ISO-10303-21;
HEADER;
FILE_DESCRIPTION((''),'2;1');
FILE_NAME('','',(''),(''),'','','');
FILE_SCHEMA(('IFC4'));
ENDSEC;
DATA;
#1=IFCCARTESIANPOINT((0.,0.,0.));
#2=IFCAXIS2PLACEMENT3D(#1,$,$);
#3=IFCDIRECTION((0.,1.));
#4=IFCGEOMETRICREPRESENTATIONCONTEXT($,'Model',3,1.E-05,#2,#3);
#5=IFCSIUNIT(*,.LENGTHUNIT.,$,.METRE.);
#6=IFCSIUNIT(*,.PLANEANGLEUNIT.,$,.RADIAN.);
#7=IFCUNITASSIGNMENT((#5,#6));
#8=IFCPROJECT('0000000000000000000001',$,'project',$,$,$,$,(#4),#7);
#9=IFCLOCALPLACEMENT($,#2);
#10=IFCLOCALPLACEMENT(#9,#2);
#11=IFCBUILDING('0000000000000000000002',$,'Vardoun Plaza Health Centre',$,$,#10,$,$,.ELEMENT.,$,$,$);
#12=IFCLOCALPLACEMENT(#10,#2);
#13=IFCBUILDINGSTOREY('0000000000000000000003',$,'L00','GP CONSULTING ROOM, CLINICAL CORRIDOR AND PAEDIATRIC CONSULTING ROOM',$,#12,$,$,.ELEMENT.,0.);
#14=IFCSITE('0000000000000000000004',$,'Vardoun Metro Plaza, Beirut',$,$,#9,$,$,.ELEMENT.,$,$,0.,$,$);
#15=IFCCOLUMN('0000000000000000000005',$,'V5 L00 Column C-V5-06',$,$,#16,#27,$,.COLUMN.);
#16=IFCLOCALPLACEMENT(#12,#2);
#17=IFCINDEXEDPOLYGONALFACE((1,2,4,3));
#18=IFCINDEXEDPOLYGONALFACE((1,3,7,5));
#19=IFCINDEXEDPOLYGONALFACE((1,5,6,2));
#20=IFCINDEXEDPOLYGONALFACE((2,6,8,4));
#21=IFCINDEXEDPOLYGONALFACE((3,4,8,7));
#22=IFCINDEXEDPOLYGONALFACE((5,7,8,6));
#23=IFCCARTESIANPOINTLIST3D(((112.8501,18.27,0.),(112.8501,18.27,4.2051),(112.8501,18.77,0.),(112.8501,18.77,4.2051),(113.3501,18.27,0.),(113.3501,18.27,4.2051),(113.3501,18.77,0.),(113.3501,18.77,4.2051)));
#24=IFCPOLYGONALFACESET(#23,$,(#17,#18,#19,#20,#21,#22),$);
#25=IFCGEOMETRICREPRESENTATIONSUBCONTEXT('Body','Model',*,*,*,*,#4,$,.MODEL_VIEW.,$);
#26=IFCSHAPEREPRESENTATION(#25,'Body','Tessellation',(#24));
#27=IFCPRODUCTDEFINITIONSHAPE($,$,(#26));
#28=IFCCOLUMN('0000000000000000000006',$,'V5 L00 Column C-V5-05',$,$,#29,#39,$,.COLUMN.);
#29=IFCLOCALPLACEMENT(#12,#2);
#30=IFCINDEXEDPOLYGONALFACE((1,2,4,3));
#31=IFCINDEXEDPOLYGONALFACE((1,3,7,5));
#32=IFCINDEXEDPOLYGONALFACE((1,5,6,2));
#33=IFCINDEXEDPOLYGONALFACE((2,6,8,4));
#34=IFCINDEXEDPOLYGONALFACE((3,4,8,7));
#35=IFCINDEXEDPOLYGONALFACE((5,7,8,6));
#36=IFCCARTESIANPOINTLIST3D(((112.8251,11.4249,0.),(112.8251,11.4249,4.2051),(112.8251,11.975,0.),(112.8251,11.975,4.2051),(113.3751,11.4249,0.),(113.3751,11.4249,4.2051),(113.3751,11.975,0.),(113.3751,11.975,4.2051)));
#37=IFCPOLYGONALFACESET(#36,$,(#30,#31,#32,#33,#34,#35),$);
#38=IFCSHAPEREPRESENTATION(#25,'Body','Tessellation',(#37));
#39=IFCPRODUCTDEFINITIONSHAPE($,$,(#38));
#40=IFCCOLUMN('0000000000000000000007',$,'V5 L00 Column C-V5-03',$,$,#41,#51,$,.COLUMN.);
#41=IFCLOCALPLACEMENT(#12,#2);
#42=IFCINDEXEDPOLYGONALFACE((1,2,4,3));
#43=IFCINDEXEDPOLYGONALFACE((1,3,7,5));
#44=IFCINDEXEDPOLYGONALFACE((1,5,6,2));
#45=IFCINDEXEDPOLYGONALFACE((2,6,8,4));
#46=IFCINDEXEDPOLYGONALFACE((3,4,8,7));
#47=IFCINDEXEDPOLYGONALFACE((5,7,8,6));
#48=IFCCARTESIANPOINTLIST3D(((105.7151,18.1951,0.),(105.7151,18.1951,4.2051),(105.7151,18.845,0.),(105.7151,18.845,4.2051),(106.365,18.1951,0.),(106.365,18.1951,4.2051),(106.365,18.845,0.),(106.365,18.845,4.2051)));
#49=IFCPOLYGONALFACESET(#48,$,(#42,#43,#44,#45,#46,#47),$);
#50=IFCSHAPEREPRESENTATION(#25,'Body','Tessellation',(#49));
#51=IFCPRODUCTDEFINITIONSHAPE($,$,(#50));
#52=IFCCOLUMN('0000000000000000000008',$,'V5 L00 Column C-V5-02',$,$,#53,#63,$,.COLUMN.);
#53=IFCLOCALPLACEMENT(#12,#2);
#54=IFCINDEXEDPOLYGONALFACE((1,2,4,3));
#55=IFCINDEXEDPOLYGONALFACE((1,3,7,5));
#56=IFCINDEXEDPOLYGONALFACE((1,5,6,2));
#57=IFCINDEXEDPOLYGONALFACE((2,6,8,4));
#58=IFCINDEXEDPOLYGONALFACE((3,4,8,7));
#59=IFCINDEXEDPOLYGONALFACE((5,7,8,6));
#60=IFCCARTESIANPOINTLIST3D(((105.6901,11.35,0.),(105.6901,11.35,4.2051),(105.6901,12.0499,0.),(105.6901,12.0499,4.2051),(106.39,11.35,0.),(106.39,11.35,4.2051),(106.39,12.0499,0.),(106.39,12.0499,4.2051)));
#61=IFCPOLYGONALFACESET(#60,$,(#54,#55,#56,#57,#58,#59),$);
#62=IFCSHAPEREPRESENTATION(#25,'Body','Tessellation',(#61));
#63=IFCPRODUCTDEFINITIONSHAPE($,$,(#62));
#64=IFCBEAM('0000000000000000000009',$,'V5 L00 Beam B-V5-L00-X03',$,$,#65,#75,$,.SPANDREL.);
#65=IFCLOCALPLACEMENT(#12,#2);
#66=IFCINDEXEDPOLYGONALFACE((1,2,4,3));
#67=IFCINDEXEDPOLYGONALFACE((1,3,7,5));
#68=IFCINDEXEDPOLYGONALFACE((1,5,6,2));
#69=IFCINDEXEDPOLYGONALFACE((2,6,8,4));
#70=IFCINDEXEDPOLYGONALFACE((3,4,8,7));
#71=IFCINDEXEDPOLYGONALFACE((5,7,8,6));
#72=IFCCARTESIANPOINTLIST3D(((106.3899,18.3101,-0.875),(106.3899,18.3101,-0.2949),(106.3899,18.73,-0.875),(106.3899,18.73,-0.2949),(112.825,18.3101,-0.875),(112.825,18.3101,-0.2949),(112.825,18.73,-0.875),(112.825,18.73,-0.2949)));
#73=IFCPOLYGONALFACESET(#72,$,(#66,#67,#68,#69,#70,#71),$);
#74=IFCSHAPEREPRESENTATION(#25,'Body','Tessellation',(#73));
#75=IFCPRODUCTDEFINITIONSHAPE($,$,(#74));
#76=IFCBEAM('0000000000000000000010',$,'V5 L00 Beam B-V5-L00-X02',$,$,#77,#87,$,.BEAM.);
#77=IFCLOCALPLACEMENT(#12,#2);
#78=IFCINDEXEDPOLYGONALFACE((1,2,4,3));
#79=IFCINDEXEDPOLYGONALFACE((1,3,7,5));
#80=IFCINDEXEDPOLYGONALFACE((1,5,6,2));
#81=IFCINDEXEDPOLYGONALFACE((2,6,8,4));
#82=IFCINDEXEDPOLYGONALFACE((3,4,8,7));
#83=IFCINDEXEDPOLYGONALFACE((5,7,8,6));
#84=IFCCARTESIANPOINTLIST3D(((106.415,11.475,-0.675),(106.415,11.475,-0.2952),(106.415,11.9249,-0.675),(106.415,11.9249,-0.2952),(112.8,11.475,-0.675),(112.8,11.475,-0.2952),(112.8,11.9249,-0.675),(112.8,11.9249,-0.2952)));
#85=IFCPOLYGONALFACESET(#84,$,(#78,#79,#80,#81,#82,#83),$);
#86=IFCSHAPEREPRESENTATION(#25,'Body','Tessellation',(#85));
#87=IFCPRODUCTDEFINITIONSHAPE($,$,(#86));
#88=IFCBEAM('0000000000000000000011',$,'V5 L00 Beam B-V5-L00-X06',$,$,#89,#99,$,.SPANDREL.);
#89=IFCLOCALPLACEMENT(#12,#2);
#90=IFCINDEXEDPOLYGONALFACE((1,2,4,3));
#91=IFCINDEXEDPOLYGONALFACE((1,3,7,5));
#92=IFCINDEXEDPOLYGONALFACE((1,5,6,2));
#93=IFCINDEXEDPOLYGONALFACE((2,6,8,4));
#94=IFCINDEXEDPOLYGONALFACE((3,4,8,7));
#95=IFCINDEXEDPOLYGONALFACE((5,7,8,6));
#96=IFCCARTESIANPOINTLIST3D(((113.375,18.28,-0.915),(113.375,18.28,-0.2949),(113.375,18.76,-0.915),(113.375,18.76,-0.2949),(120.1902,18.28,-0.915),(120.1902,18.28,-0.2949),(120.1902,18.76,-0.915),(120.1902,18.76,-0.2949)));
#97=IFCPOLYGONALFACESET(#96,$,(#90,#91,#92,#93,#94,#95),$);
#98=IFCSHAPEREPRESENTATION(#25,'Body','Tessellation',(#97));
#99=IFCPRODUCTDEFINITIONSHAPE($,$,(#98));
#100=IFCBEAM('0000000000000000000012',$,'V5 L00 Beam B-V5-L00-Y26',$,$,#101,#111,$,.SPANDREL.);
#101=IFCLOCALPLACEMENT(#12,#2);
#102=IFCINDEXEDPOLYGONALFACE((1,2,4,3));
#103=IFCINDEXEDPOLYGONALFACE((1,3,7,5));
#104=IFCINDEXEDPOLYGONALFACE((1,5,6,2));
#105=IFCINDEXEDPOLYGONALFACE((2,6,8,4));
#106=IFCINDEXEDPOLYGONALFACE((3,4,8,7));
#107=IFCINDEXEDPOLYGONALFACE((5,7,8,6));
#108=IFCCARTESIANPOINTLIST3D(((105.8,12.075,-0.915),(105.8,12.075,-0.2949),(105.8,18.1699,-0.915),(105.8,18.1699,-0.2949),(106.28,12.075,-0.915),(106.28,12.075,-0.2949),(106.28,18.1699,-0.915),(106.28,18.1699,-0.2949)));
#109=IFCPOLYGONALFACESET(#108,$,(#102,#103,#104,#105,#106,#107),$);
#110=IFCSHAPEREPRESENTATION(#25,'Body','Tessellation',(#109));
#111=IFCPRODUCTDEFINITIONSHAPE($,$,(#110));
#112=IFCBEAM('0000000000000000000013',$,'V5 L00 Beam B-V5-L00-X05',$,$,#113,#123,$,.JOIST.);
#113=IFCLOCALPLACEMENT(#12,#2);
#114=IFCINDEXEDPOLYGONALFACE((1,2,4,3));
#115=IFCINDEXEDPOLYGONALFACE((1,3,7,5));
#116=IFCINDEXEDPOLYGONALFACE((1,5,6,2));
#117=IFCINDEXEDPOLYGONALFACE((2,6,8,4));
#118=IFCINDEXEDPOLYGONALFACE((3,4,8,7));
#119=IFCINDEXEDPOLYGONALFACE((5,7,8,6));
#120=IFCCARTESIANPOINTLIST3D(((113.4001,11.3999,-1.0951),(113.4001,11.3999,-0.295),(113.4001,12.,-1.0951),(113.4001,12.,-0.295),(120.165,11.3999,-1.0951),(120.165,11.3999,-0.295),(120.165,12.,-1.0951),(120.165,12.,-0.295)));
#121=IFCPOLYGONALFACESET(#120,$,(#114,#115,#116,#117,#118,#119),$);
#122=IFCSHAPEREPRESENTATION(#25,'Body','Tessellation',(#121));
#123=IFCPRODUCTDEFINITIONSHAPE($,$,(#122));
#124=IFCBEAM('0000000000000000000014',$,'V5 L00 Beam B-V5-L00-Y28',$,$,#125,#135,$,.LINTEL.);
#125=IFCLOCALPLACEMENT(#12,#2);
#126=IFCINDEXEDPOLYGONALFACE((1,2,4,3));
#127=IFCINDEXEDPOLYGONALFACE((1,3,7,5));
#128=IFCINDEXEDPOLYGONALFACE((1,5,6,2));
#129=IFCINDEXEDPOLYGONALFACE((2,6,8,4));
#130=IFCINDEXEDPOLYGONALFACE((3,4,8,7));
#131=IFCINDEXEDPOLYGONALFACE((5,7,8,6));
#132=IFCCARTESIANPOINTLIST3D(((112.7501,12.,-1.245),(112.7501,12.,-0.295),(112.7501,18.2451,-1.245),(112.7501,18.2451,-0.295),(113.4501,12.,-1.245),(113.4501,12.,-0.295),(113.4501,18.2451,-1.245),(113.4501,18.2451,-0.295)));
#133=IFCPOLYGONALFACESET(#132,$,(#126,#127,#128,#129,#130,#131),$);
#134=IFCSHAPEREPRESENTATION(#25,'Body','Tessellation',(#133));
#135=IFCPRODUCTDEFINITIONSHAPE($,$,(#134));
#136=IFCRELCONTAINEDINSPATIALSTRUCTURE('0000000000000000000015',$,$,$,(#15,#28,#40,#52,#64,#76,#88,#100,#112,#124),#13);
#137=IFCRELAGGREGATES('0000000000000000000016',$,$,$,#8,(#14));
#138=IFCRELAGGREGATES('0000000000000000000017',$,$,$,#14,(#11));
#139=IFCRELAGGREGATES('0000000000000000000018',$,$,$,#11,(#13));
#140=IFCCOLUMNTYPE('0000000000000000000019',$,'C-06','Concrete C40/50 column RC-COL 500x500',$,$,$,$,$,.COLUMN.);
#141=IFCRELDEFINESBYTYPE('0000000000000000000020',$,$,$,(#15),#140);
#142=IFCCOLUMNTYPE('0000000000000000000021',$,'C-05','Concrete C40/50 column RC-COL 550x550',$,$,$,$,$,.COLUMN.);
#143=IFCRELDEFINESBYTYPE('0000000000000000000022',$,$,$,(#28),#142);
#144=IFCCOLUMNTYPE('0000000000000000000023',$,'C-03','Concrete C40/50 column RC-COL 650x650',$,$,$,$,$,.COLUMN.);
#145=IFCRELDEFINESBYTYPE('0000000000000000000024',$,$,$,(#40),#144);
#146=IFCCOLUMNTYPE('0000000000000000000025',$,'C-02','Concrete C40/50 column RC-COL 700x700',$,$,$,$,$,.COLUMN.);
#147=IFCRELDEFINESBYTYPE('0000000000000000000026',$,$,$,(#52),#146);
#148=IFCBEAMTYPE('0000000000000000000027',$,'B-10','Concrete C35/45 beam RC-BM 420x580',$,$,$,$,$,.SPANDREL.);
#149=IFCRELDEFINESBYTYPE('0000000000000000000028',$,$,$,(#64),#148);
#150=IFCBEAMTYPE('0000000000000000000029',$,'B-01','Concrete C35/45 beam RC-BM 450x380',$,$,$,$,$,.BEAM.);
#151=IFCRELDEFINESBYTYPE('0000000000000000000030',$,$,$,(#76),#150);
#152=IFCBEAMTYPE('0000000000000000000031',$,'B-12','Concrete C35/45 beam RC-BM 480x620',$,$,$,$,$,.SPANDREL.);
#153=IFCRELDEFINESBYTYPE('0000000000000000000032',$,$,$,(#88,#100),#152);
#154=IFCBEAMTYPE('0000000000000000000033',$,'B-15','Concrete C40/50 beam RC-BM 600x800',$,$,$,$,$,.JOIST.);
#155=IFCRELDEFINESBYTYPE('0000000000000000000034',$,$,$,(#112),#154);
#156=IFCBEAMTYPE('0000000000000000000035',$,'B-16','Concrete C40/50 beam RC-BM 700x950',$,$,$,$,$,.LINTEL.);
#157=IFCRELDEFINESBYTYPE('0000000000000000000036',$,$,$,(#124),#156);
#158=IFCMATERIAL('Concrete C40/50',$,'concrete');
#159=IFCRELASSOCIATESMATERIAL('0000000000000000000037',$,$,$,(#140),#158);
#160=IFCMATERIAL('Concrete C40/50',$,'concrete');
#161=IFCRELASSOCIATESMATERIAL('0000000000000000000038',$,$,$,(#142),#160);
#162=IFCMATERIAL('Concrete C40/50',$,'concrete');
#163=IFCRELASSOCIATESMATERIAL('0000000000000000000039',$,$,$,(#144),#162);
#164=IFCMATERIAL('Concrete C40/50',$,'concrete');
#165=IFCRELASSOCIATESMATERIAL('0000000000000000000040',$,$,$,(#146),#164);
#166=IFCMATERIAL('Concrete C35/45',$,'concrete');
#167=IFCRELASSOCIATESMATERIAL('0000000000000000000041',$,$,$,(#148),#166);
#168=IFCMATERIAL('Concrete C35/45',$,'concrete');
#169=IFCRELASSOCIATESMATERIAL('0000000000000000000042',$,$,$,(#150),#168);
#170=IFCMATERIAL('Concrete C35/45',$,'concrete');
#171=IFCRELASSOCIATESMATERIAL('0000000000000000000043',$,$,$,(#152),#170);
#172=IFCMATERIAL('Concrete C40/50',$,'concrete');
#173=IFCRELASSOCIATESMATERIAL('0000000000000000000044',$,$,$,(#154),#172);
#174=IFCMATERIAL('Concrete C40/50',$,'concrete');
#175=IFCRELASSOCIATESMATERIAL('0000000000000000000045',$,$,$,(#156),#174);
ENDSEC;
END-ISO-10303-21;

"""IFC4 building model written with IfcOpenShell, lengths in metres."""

from ifc_helpers import new_model, si_unit, direction, frame, origin, origin_2d, place, context, subcontext, project, spatial, rectangle, extrude, material, material_profile, profile_set, type_object, element, save


model = new_model("IFC4")

# Units and contexts
model_context = context("Model", 3, precision=1e-05, world=origin(), true_north=direction((0.0, 1.0)))
body_context = subcontext(model_context, "Body", "Model", "MODEL_VIEW")
ifc_project = project(units=[si_unit("LENGTHUNIT", "METRE"), si_unit("PLANEANGLEUNIT", "RADIAN")], contexts=[model_context])

# Site, building, storey
site_placement = place(None, origin())
site = spatial("IfcSite", under=ifc_project, at=site_placement, Name="Vardoun Metro Plaza, Beirut", CompositionType="ELEMENT", RefElevation=0.0)
building_placement = place(site_placement, origin())
building = spatial("IfcBuilding", under=site, at=building_placement, Name="Vardoun Plaza Health Centre", CompositionType="ELEMENT")
storey_placement = place(building_placement, origin())
storey = spatial("IfcBuildingStorey", under=building, at=storey_placement, Name="L00", Description="GP CONSULTING ROOM, CLINICAL CORRIDOR AND PAEDIATRIC CONSULTING ROOM", CompositionType="ELEMENT", Elevation=0.0)

# Columns
ifc_material_1 = material(Name="Concrete C40/50", Category="concrete")
ifc_material_profile_1 = material_profile(ifc_material_1, rectangle(XDim=0.5, YDim=0.5, at=origin_2d()), Name="RC-COL 500x500")
ifc_profile_set_1 = profile_set([ifc_material_profile_1], Name="Concrete C40/50")
column_type_1 = type_object("IfcColumnType", Name="C-06", Description="Concrete C40/50 column RC-COL 500x500", PredefinedType="COLUMN", material=ifc_profile_set_1)
column_1_placement = place(storey_placement, frame((113.1001, 18.52, 0.0), z_axis=(0.0, 0.0, 1.0), x_axis=(1.0, 0.0, 0.0)))
element("IfcColumn", 1, at=column_1_placement, inside=storey, type_object=column_type_1, Name="V5 L00 Column C-V5-06", PredefinedType="COLUMN", context=body_context, shape_type="SweptSolid", body=[
    extrude(rectangle(XDim=0.5, YDim=0.5, at=origin_2d()), origin(), (0.0, 0.0, 1.0), 4.2051),
])
ifc_material_2 = material(Name="Concrete C40/50", Category="concrete")
ifc_material_profile_2 = material_profile(ifc_material_2, rectangle(XDim=0.55, YDim=0.55, at=origin_2d()), Name="RC-COL 550x550")
ifc_profile_set_2 = profile_set([ifc_material_profile_2], Name="Concrete C40/50")
column_type_2 = type_object("IfcColumnType", Name="C-05", Description="Concrete C40/50 column RC-COL 550x550", PredefinedType="COLUMN", material=ifc_profile_set_2)
column_2_placement = place(storey_placement, frame((113.1001, 11.7, 0.0), z_axis=(0.0, 0.0, 1.0), x_axis=(1.0, 0.0, 0.0)))
element("IfcColumn", 2, at=column_2_placement, inside=storey, type_object=column_type_2, Name="V5 L00 Column C-V5-05", PredefinedType="COLUMN", context=body_context, shape_type="SweptSolid", body=[
    extrude(rectangle(XDim=0.55, YDim=0.55, at=origin_2d()), origin(), (0.0, 0.0, 1.0), 4.2051),
])
ifc_material_3 = material(Name="Concrete C40/50", Category="concrete")
ifc_material_profile_3 = material_profile(ifc_material_3, rectangle(XDim=0.6499, YDim=0.6499, at=origin_2d()), Name="RC-COL 650x650")
ifc_profile_set_3 = profile_set([ifc_material_profile_3], Name="Concrete C40/50")
column_type_3 = type_object("IfcColumnType", Name="C-03", Description="Concrete C40/50 column RC-COL 650x650", PredefinedType="COLUMN", material=ifc_profile_set_3)
column_3_placement = place(storey_placement, frame((106.04, 18.52, 0.0), z_axis=(0.0, 0.0, 1.0), x_axis=(1.0, 0.0, 0.0)))
element("IfcColumn", 3, at=column_3_placement, inside=storey, type_object=column_type_3, Name="V5 L00 Column C-V5-03", PredefinedType="COLUMN", context=body_context, shape_type="SweptSolid", body=[
    extrude(rectangle(XDim=0.6499, YDim=0.6499, at=origin_2d()), origin(), (0.0, 0.0, 1.0), 4.2051),
])
ifc_material_4 = material(Name="Concrete C40/50", Category="concrete")
ifc_material_profile_4 = material_profile(ifc_material_4, rectangle(XDim=0.7, YDim=0.7, at=origin_2d()), Name="RC-COL 700x700")
ifc_profile_set_4 = profile_set([ifc_material_profile_4], Name="Concrete C40/50")
column_type_4 = type_object("IfcColumnType", Name="C-02", Description="Concrete C40/50 column RC-COL 700x700", PredefinedType="COLUMN", material=ifc_profile_set_4)
column_4_placement = place(storey_placement, frame((106.04, 11.7, 0.0), z_axis=(0.0, 0.0, 1.0), x_axis=(1.0, 0.0, 0.0)))
element("IfcColumn", 4, at=column_4_placement, inside=storey, type_object=column_type_4, Name="V5 L00 Column C-V5-02", PredefinedType="COLUMN", context=body_context, shape_type="SweptSolid", body=[
    extrude(rectangle(XDim=0.7, YDim=0.7, at=origin_2d()), origin(), (0.0, 0.0, 1.0), 4.2051),
])

# Beams
ifc_material_5 = material(Name="Concrete C35/45", Category="concrete")
ifc_material_profile_5 = material_profile(ifc_material_5, rectangle(XDim=0.4199, YDim=0.5801, at=origin_2d()), Name="RC-BM 420x580")
ifc_profile_set_5 = profile_set([ifc_material_profile_5], Name="Concrete C35/45")
beam_type_1 = type_object("IfcBeamType", Name="B-10", Description="Concrete C35/45 beam RC-BM 420x580", PredefinedType="SPANDREL", material=ifc_profile_set_5)
beam_1_placement = place(storey_placement, frame((106.3899, 18.52, -0.585), z_axis=(1.0, 0.0, 0.0), x_axis=(0.0, 1.0, 0.0)))
element("IfcBeam", 5, at=beam_1_placement, inside=storey, type_object=beam_type_1, Name="V5 L00 Beam B-V5-L00-X03", PredefinedType="SPANDREL", context=body_context, shape_type="SweptSolid", body=[
    extrude(rectangle(XDim=0.4199, YDim=0.5801, at=origin_2d()), origin(), (0.0, 0.0, 1.0), 6.4351),
])
ifc_material_6 = material(Name="Concrete C35/45", Category="concrete")
ifc_material_profile_6 = material_profile(ifc_material_6, rectangle(XDim=0.45, YDim=0.3799, at=origin_2d()), Name="RC-BM 450x380")
ifc_profile_set_6 = profile_set([ifc_material_profile_6], Name="Concrete C35/45")
beam_type_2 = type_object("IfcBeamType", Name="B-01", Description="Concrete C35/45 beam RC-BM 450x380", PredefinedType="BEAM", material=ifc_profile_set_6)
beam_2_placement = place(storey_placement, frame((106.415, 11.7, -0.4851), z_axis=(1.0, 0.0, 0.0), x_axis=(0.0, 1.0, 0.0)))
element("IfcBeam", 6, at=beam_2_placement, inside=storey, type_object=beam_type_2, Name="V5 L00 Beam B-V5-L00-X02", PredefinedType="BEAM", context=body_context, shape_type="SweptSolid", body=[
    extrude(rectangle(XDim=0.45, YDim=0.3799, at=origin_2d()), origin(), (0.0, 0.0, 1.0), 6.385),
])
ifc_material_7 = material(Name="Concrete C35/45", Category="concrete")
ifc_material_profile_7 = material_profile(ifc_material_7, rectangle(XDim=0.48, YDim=0.6201, at=origin_2d()), Name="RC-BM 480x620")
ifc_profile_set_7 = profile_set([ifc_material_profile_7], Name="Concrete C35/45")
beam_type_3 = type_object("IfcBeamType", Name="B-12", Description="Concrete C35/45 beam RC-BM 480x620", PredefinedType="SPANDREL", material=ifc_profile_set_7)
beam_3_placement = place(storey_placement, frame((113.375, 18.52, -0.605), z_axis=(1.0, 0.0, 0.0), x_axis=(0.0, 1.0, 0.0)))
element("IfcBeam", 7, at=beam_3_placement, inside=storey, type_object=beam_type_3, Name="V5 L00 Beam B-V5-L00-X06", PredefinedType="SPANDREL", context=body_context, shape_type="SweptSolid", body=[
    extrude(rectangle(XDim=0.48, YDim=0.6201, at=origin_2d()), origin(), (0.0, 0.0, 1.0), 6.8152),
])
beam_4_placement = place(storey_placement, frame((106.04, 12.075, -0.605), z_axis=(0.0, 1.0, 0.0), x_axis=(-1.0, 0.0, 0.0)))
element("IfcBeam", 8, at=beam_4_placement, inside=storey, type_object=beam_type_3, Name="V5 L00 Beam B-V5-L00-Y26", PredefinedType="SPANDREL", context=body_context, shape_type="SweptSolid", body=[
    extrude(rectangle(XDim=0.48, YDim=0.6201, at=origin_2d()), origin(), (0.0, 0.0, 1.0), 6.095),
])
ifc_material_8 = material(Name="Concrete C40/50", Category="concrete")
ifc_material_profile_8 = material_profile(ifc_material_8, rectangle(XDim=0.6001, YDim=0.8, at=origin_2d()), Name="RC-BM 600x800")
ifc_profile_set_8 = profile_set([ifc_material_profile_8], Name="Concrete C40/50")
beam_type_4 = type_object("IfcBeamType", Name="B-15", Description="Concrete C40/50 beam RC-BM 600x800", PredefinedType="JOIST", material=ifc_profile_set_8)
beam_5_placement = place(storey_placement, frame((113.4001, 11.7, -0.6951), z_axis=(1.0, 0.0, 0.0), x_axis=(0.0, 1.0, 0.0)))
element("IfcBeam", 9, at=beam_5_placement, inside=storey, type_object=beam_type_4, Name="V5 L00 Beam B-V5-L00-X05", PredefinedType="JOIST", context=body_context, shape_type="SweptSolid", body=[
    extrude(rectangle(XDim=0.6001, YDim=0.8, at=origin_2d()), origin(), (0.0, 0.0, 1.0), 6.7649),
])
ifc_material_9 = material(Name="Concrete C40/50", Category="concrete")
ifc_material_profile_9 = material_profile(ifc_material_9, rectangle(XDim=0.7, YDim=0.95, at=origin_2d()), Name="RC-BM 700x950")
ifc_profile_set_9 = profile_set([ifc_material_profile_9], Name="Concrete C40/50")
beam_type_5 = type_object("IfcBeamType", Name="B-16", Description="Concrete C40/50 beam RC-BM 700x950", PredefinedType="LINTEL", material=ifc_profile_set_9)
beam_6_placement = place(storey_placement, frame((113.1001, 12.0, -0.77), z_axis=(0.0, 1.0, 0.0), x_axis=(-1.0, 0.0, 0.0)))
element("IfcBeam", 10, at=beam_6_placement, inside=storey, type_object=beam_type_5, Name="V5 L00 Beam B-V5-L00-Y28", PredefinedType="LINTEL", context=body_context, shape_type="SweptSolid", body=[
    extrude(rectangle(XDim=0.7, YDim=0.95, at=origin_2d()), origin(), (0.0, 0.0, 1.0), 6.2451),
])

save(model, "model.ifc")
